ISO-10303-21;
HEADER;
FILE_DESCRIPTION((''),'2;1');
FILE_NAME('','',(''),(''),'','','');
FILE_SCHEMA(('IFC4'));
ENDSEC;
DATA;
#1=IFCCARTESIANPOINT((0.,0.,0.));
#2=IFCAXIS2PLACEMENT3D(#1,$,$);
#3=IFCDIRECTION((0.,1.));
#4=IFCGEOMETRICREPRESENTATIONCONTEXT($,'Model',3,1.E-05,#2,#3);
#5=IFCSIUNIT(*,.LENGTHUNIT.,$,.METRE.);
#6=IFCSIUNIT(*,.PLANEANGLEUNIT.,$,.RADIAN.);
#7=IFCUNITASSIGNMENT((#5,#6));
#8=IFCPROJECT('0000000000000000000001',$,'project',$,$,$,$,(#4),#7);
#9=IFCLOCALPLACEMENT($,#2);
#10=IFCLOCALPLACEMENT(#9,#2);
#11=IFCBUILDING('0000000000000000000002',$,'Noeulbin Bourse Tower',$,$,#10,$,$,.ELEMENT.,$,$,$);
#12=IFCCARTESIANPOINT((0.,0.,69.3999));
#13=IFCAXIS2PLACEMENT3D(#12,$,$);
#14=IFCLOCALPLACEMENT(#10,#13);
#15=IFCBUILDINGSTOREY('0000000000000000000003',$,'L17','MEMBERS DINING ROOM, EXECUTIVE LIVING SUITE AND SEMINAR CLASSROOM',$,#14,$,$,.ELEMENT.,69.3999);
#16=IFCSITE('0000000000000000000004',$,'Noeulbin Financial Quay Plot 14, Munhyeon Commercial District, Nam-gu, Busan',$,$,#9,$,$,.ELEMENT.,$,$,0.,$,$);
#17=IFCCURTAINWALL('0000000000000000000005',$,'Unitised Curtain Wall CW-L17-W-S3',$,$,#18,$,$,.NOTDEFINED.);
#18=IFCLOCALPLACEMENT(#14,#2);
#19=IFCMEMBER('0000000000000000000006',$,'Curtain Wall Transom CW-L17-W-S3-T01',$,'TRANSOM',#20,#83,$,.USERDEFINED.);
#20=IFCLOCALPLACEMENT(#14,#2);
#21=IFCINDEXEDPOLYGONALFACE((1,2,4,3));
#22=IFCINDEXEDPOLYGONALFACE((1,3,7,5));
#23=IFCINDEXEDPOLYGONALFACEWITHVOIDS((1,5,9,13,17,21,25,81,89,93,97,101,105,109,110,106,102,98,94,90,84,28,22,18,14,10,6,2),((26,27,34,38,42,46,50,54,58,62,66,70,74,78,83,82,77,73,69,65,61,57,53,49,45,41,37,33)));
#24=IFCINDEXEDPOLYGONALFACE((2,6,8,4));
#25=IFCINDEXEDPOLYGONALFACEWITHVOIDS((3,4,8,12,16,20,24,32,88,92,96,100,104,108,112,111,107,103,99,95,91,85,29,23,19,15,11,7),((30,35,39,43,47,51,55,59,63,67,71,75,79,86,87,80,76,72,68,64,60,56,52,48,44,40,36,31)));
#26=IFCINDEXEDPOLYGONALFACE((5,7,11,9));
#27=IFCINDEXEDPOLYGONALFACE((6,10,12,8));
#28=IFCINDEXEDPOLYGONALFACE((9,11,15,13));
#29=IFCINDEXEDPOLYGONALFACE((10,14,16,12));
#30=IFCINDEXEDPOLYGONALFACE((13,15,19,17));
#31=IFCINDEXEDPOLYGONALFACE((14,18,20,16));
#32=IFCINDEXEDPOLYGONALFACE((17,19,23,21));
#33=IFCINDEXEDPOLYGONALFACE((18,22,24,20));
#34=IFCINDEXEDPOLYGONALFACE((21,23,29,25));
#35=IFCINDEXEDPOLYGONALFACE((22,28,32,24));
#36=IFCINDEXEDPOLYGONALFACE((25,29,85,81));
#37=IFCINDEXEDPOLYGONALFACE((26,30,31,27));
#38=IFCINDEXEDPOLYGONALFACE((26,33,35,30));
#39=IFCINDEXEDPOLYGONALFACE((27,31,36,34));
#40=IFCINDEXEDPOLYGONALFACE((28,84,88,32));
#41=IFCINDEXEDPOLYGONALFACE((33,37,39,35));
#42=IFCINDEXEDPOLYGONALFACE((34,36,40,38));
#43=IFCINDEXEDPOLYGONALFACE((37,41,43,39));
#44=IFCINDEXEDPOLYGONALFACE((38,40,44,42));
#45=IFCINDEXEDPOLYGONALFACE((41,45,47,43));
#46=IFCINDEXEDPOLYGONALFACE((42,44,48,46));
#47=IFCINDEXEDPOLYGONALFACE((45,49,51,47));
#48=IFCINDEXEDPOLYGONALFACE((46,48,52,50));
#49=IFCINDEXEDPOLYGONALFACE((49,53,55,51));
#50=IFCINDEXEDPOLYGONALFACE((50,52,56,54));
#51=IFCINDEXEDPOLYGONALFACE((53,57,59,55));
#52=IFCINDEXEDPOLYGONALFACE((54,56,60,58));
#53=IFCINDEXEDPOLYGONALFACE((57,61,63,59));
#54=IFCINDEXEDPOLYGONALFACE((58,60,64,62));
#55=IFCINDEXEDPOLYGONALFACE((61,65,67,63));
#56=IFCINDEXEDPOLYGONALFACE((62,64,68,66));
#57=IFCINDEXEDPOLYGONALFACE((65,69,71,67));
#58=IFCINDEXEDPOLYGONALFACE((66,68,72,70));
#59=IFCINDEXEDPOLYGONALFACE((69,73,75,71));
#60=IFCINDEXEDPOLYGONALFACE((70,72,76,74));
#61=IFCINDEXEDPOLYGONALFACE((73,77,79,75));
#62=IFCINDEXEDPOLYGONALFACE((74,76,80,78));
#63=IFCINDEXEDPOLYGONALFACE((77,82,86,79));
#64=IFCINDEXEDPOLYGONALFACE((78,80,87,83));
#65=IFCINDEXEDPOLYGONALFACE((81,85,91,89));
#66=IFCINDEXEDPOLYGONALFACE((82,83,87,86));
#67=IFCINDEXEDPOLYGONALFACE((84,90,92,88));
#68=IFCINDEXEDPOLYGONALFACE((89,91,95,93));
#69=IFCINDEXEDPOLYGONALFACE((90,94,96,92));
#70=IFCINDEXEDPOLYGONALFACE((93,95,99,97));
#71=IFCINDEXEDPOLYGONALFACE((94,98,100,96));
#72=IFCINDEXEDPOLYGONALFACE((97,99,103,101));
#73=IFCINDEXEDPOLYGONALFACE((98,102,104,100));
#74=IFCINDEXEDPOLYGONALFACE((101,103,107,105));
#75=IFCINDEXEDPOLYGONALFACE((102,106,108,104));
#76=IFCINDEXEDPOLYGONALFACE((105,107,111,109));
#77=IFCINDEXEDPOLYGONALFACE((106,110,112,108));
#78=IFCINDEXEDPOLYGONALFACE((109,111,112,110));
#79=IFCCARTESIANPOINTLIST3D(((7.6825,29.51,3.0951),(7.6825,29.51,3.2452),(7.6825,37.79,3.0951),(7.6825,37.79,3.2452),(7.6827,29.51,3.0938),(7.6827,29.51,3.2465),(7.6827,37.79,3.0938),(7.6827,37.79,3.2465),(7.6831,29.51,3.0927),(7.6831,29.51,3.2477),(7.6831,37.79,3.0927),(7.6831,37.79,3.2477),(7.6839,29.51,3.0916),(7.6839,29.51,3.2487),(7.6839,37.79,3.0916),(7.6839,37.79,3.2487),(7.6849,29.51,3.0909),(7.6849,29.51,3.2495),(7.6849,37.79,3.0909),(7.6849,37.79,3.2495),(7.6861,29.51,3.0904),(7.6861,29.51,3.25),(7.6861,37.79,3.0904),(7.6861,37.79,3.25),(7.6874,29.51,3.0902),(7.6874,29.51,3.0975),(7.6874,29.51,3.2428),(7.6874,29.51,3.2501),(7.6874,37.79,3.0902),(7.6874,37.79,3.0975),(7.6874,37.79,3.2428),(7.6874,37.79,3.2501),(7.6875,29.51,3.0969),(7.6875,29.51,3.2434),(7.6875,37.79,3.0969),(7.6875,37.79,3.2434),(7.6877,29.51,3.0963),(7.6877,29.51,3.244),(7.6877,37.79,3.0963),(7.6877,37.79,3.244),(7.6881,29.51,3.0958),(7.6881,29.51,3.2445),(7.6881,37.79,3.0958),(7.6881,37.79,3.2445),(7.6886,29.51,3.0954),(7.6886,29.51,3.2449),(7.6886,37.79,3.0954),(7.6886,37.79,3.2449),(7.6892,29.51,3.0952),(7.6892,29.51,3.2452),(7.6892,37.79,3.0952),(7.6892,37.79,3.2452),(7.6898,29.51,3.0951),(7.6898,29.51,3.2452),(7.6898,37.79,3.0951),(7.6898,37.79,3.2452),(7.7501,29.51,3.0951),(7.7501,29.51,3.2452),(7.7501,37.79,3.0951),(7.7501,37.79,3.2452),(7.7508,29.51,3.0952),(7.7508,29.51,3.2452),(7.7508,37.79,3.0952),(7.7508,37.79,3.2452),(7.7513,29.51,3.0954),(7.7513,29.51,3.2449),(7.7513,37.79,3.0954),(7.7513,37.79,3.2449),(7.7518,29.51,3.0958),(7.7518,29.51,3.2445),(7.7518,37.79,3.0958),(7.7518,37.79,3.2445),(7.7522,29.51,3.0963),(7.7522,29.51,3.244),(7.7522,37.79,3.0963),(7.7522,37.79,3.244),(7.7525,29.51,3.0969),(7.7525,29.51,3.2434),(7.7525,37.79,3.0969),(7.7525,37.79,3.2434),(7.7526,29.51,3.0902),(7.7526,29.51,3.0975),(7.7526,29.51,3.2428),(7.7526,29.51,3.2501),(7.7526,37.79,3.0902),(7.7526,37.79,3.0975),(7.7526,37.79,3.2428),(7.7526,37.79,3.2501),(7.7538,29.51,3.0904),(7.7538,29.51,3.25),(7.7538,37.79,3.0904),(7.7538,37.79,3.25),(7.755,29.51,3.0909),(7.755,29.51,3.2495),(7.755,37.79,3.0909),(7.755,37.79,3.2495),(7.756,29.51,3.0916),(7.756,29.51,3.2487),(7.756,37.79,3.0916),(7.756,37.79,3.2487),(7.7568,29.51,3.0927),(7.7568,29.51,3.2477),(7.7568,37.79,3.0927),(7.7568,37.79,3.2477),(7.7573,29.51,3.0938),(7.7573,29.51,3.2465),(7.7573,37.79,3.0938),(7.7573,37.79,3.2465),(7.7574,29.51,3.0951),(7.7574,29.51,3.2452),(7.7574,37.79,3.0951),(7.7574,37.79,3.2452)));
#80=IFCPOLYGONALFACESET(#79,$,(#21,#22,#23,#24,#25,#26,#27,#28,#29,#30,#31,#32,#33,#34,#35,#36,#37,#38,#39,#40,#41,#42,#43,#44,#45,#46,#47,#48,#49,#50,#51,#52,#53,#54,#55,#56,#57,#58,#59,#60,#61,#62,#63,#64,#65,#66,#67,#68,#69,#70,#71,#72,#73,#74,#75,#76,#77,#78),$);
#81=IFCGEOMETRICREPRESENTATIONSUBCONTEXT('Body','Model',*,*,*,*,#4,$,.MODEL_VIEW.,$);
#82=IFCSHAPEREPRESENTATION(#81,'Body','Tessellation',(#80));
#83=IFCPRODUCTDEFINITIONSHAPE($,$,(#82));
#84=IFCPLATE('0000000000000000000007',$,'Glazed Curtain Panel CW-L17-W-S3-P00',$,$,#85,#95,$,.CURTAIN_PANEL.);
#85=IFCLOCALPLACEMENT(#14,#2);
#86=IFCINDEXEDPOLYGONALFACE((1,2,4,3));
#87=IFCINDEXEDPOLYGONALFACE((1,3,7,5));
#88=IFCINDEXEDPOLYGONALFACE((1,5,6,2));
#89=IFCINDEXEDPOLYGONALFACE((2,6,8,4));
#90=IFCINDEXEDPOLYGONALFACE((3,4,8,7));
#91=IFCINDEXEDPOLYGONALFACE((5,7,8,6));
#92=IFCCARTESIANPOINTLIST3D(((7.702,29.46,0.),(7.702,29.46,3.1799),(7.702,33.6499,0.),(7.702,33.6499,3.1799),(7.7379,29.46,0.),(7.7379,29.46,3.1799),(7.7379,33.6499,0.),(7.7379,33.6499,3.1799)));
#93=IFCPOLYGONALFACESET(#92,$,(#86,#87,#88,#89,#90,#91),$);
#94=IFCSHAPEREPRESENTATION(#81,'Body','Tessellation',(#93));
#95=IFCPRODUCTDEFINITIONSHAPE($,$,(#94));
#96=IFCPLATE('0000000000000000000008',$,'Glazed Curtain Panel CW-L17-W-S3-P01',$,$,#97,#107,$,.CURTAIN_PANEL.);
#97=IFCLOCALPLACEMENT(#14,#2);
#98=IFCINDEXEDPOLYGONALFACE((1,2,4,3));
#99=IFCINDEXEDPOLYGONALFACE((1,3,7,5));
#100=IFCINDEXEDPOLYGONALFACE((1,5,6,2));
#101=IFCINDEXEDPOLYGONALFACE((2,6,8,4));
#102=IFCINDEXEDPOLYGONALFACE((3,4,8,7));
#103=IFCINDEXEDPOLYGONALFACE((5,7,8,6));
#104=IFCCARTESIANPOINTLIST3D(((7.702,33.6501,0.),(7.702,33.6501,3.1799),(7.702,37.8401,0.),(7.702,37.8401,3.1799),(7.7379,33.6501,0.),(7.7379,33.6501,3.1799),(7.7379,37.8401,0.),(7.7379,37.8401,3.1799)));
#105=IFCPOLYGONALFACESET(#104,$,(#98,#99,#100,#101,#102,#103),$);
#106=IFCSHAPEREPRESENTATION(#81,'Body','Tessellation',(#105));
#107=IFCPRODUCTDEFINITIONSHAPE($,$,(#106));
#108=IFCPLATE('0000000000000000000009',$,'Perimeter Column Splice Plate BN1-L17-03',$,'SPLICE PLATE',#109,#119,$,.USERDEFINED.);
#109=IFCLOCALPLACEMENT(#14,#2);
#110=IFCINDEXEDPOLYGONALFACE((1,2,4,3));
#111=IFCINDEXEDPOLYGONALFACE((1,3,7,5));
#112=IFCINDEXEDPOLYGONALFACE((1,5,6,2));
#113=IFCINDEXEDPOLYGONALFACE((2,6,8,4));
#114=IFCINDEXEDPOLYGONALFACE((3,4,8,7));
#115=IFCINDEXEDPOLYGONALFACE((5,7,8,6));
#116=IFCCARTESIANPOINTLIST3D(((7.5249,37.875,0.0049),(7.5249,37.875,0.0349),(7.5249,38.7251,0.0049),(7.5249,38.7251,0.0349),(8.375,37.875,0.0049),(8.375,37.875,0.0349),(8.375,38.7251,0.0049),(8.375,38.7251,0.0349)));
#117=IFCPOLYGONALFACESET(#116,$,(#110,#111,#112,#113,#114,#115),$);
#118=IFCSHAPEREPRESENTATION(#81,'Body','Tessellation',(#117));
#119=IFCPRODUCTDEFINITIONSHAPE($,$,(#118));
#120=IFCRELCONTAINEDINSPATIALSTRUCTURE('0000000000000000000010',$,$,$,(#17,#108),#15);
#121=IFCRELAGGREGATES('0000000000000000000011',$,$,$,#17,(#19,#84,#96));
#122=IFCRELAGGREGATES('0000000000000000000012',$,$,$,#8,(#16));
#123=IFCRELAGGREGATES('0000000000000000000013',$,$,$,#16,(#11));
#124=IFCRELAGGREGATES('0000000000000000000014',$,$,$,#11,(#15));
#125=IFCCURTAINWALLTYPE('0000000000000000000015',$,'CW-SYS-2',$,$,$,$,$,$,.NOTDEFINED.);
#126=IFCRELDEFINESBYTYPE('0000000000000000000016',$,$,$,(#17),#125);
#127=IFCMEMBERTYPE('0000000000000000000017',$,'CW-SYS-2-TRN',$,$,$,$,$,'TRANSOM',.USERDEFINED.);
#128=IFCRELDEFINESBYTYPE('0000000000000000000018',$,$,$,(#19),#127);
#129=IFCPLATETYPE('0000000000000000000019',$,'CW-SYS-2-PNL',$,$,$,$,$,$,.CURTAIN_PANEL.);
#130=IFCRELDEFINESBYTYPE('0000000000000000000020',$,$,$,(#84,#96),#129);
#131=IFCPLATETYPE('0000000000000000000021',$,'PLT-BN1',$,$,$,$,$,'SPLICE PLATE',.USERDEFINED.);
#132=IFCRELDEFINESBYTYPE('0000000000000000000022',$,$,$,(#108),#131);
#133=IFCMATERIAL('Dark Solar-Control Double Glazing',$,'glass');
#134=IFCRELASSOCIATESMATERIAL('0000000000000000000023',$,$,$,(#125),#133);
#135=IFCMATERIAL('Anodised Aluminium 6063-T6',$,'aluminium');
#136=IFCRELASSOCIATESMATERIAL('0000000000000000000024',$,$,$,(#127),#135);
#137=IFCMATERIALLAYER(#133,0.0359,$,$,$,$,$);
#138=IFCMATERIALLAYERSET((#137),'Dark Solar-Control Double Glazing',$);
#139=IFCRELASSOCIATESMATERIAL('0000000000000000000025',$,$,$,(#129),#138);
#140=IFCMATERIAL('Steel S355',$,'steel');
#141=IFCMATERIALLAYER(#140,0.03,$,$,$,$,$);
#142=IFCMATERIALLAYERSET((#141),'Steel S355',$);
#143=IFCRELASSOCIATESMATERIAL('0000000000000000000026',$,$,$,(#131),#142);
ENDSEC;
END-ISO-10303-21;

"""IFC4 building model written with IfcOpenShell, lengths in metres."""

from ifc_helpers import new_model, si_unit, direction, frame, origin, origin_2d, place, context, subcontext, project, spatial, rectangle, hollow_rectangle, extrude, material, layer, layer_set, material_profile, profile_set, type_object, element, aggregate, save


model = new_model("IFC4")

# Units and contexts
model_context = context("Model", 3, precision=1e-05, world=origin(), true_north=direction((0.0, 1.0)))
body_context = subcontext(model_context, "Body", "Model", "MODEL_VIEW")
ifc_project = project(units=[si_unit("LENGTHUNIT", "METRE"), si_unit("PLANEANGLEUNIT", "RADIAN")], contexts=[model_context])

# Site, building, storey
site_placement = place(None, origin())
site = spatial("IfcSite", under=ifc_project, at=site_placement, Name="Noeulbin Financial Quay Plot 14, Munhyeon Commercial District, Nam-gu, Busan", CompositionType="ELEMENT", RefElevation=0.0)
building_placement = place(site_placement, origin())
building = spatial("IfcBuilding", under=site, at=building_placement, Name="Noeulbin Bourse Tower", CompositionType="ELEMENT")
storey_placement = place(building_placement, frame((0.0, 0.0, 69.3999)))
storey = spatial("IfcBuildingStorey", under=building, at=storey_placement, Name="L17", Description="MEMBERS DINING ROOM, EXECUTIVE LIVING SUITE AND SEMINAR CLASSROOM", CompositionType="ELEMENT", Elevation=69.3999)

# Shared definitions
ifc_material_1 = material(Name="Steel S355", Category="steel")

# Curtain wall, member, plates
ifc_material_2 = material(Name="Dark Solar-Control Double Glazing", Category="glass")
curtain_wall_type = type_object("IfcCurtainWallType", Name="CW-SYS-2", PredefinedType="NOTDEFINED", material=ifc_material_2)
curtain_wall_placement = place(storey_placement, origin())
curtain_wall = element("IfcCurtainWall", 1, at=curtain_wall_placement, inside=storey, type_object=curtain_wall_type, Name="Unitised Curtain Wall CW-L17-W-S3", PredefinedType="NOTDEFINED")
ifc_material_3 = material(Name="Anodised Aluminium 6063-T6", Category="aluminium")
ifc_material_profile_1 = material_profile(ifc_material_3, hollow_rectangle(XDim=0.075, YDim=0.1599, WallThickness=0.0049, InnerFilletRadius=0.0024, OuterFilletRadius=0.0049, at=origin_2d()), Name="ALU-TRAN-75x160x5", Category="LoadBearing")
ifc_profile_set_1 = profile_set([ifc_material_profile_1], Name="Anodised Aluminium 6063-T6")
member_type_1 = type_object("IfcMemberType", Name="CW-SYS-2-TRN", ElementType="TRANSOM", PredefinedType="USERDEFINED", material=ifc_profile_set_1)
member_1_placement = place(storey_placement, frame((7.72, 29.51, 3.1702), z_axis=(0.0, 1.0, 0.0), x_axis=(-1.0, 0.0, 0.0)))
member_1 = element("IfcMember", 2, at=member_1_placement, type_object=member_type_1, Name="Curtain Wall Transom CW-L17-W-S3-T01", ObjectType="TRANSOM", PredefinedType="USERDEFINED", context=body_context, shape_type="SweptSolid", body=[
    extrude(hollow_rectangle(XDim=0.075, YDim=0.1599, WallThickness=0.0049, InnerFilletRadius=0.0024, OuterFilletRadius=0.0049, at=origin_2d()), origin(), (0.0, 0.0, 1.0), 8.28),
])
ifc_layer_1 = layer(ifc_material_2, 0.0359)
ifc_layer_set_1 = layer_set([ifc_layer_1], Name="Dark Solar-Control Double Glazing")
plate_type_1 = type_object("IfcPlateType", Name="CW-SYS-2-PNL", PredefinedType="CURTAIN_PANEL", material=ifc_layer_set_1)
plate_1_placement = place(storey_placement, frame((7.72, 31.5549, 0.0), z_axis=(0.0, 0.0, 1.0), x_axis=(0.0, 1.0, 0.0)))
plate_1 = element("IfcPlate", 3, at=plate_1_placement, type_object=plate_type_1, Name="Glazed Curtain Panel CW-L17-W-S3-P00", PredefinedType="CURTAIN_PANEL", context=body_context, shape_type="SweptSolid", body=[
    extrude(rectangle(XDim=4.1899, YDim=0.0359, at=origin_2d()), origin(), (0.0, 0.0, 1.0), 3.1799),
])
plate_2_placement = place(storey_placement, frame((7.72, 35.7451, 0.0), z_axis=(0.0, 0.0, 1.0), x_axis=(0.0, 1.0, 0.0)))
plate_2 = element("IfcPlate", 4, at=plate_2_placement, type_object=plate_type_1, Name="Glazed Curtain Panel CW-L17-W-S3-P01", PredefinedType="CURTAIN_PANEL", context=body_context, shape_type="SweptSolid", body=[
    extrude(rectangle(XDim=4.1899, YDim=0.0359, at=origin_2d()), origin(), (0.0, 0.0, 1.0), 3.1799),
])
aggregate(curtain_wall, [member_1, plate_1, plate_2])

# Plate
ifc_layer_2 = layer(ifc_material_1, 0.03)
ifc_layer_set_2 = layer_set([ifc_layer_2], Name="Steel S355")
plate_type_2 = type_object("IfcPlateType", Name="PLT-BN1", ElementType="SPLICE PLATE", PredefinedType="USERDEFINED", material=ifc_layer_set_2)
plate_3_placement = place(storey_placement, frame((7.95, 38.3, 0.0049), z_axis=(0.0, 0.0, 1.0), x_axis=(1.0, 0.0, 0.0)))
element("IfcPlate", 5, at=plate_3_placement, inside=storey, type_object=plate_type_2, Name="Perimeter Column Splice Plate BN1-L17-03", ObjectType="SPLICE PLATE", PredefinedType="USERDEFINED", context=body_context, shape_type="SweptSolid", body=[
    extrude(rectangle(XDim=0.8501, YDim=0.8501, at=origin_2d()), origin(), (0.0, 0.0, 1.0), 0.03),
])

save(model, "model.ifc")
